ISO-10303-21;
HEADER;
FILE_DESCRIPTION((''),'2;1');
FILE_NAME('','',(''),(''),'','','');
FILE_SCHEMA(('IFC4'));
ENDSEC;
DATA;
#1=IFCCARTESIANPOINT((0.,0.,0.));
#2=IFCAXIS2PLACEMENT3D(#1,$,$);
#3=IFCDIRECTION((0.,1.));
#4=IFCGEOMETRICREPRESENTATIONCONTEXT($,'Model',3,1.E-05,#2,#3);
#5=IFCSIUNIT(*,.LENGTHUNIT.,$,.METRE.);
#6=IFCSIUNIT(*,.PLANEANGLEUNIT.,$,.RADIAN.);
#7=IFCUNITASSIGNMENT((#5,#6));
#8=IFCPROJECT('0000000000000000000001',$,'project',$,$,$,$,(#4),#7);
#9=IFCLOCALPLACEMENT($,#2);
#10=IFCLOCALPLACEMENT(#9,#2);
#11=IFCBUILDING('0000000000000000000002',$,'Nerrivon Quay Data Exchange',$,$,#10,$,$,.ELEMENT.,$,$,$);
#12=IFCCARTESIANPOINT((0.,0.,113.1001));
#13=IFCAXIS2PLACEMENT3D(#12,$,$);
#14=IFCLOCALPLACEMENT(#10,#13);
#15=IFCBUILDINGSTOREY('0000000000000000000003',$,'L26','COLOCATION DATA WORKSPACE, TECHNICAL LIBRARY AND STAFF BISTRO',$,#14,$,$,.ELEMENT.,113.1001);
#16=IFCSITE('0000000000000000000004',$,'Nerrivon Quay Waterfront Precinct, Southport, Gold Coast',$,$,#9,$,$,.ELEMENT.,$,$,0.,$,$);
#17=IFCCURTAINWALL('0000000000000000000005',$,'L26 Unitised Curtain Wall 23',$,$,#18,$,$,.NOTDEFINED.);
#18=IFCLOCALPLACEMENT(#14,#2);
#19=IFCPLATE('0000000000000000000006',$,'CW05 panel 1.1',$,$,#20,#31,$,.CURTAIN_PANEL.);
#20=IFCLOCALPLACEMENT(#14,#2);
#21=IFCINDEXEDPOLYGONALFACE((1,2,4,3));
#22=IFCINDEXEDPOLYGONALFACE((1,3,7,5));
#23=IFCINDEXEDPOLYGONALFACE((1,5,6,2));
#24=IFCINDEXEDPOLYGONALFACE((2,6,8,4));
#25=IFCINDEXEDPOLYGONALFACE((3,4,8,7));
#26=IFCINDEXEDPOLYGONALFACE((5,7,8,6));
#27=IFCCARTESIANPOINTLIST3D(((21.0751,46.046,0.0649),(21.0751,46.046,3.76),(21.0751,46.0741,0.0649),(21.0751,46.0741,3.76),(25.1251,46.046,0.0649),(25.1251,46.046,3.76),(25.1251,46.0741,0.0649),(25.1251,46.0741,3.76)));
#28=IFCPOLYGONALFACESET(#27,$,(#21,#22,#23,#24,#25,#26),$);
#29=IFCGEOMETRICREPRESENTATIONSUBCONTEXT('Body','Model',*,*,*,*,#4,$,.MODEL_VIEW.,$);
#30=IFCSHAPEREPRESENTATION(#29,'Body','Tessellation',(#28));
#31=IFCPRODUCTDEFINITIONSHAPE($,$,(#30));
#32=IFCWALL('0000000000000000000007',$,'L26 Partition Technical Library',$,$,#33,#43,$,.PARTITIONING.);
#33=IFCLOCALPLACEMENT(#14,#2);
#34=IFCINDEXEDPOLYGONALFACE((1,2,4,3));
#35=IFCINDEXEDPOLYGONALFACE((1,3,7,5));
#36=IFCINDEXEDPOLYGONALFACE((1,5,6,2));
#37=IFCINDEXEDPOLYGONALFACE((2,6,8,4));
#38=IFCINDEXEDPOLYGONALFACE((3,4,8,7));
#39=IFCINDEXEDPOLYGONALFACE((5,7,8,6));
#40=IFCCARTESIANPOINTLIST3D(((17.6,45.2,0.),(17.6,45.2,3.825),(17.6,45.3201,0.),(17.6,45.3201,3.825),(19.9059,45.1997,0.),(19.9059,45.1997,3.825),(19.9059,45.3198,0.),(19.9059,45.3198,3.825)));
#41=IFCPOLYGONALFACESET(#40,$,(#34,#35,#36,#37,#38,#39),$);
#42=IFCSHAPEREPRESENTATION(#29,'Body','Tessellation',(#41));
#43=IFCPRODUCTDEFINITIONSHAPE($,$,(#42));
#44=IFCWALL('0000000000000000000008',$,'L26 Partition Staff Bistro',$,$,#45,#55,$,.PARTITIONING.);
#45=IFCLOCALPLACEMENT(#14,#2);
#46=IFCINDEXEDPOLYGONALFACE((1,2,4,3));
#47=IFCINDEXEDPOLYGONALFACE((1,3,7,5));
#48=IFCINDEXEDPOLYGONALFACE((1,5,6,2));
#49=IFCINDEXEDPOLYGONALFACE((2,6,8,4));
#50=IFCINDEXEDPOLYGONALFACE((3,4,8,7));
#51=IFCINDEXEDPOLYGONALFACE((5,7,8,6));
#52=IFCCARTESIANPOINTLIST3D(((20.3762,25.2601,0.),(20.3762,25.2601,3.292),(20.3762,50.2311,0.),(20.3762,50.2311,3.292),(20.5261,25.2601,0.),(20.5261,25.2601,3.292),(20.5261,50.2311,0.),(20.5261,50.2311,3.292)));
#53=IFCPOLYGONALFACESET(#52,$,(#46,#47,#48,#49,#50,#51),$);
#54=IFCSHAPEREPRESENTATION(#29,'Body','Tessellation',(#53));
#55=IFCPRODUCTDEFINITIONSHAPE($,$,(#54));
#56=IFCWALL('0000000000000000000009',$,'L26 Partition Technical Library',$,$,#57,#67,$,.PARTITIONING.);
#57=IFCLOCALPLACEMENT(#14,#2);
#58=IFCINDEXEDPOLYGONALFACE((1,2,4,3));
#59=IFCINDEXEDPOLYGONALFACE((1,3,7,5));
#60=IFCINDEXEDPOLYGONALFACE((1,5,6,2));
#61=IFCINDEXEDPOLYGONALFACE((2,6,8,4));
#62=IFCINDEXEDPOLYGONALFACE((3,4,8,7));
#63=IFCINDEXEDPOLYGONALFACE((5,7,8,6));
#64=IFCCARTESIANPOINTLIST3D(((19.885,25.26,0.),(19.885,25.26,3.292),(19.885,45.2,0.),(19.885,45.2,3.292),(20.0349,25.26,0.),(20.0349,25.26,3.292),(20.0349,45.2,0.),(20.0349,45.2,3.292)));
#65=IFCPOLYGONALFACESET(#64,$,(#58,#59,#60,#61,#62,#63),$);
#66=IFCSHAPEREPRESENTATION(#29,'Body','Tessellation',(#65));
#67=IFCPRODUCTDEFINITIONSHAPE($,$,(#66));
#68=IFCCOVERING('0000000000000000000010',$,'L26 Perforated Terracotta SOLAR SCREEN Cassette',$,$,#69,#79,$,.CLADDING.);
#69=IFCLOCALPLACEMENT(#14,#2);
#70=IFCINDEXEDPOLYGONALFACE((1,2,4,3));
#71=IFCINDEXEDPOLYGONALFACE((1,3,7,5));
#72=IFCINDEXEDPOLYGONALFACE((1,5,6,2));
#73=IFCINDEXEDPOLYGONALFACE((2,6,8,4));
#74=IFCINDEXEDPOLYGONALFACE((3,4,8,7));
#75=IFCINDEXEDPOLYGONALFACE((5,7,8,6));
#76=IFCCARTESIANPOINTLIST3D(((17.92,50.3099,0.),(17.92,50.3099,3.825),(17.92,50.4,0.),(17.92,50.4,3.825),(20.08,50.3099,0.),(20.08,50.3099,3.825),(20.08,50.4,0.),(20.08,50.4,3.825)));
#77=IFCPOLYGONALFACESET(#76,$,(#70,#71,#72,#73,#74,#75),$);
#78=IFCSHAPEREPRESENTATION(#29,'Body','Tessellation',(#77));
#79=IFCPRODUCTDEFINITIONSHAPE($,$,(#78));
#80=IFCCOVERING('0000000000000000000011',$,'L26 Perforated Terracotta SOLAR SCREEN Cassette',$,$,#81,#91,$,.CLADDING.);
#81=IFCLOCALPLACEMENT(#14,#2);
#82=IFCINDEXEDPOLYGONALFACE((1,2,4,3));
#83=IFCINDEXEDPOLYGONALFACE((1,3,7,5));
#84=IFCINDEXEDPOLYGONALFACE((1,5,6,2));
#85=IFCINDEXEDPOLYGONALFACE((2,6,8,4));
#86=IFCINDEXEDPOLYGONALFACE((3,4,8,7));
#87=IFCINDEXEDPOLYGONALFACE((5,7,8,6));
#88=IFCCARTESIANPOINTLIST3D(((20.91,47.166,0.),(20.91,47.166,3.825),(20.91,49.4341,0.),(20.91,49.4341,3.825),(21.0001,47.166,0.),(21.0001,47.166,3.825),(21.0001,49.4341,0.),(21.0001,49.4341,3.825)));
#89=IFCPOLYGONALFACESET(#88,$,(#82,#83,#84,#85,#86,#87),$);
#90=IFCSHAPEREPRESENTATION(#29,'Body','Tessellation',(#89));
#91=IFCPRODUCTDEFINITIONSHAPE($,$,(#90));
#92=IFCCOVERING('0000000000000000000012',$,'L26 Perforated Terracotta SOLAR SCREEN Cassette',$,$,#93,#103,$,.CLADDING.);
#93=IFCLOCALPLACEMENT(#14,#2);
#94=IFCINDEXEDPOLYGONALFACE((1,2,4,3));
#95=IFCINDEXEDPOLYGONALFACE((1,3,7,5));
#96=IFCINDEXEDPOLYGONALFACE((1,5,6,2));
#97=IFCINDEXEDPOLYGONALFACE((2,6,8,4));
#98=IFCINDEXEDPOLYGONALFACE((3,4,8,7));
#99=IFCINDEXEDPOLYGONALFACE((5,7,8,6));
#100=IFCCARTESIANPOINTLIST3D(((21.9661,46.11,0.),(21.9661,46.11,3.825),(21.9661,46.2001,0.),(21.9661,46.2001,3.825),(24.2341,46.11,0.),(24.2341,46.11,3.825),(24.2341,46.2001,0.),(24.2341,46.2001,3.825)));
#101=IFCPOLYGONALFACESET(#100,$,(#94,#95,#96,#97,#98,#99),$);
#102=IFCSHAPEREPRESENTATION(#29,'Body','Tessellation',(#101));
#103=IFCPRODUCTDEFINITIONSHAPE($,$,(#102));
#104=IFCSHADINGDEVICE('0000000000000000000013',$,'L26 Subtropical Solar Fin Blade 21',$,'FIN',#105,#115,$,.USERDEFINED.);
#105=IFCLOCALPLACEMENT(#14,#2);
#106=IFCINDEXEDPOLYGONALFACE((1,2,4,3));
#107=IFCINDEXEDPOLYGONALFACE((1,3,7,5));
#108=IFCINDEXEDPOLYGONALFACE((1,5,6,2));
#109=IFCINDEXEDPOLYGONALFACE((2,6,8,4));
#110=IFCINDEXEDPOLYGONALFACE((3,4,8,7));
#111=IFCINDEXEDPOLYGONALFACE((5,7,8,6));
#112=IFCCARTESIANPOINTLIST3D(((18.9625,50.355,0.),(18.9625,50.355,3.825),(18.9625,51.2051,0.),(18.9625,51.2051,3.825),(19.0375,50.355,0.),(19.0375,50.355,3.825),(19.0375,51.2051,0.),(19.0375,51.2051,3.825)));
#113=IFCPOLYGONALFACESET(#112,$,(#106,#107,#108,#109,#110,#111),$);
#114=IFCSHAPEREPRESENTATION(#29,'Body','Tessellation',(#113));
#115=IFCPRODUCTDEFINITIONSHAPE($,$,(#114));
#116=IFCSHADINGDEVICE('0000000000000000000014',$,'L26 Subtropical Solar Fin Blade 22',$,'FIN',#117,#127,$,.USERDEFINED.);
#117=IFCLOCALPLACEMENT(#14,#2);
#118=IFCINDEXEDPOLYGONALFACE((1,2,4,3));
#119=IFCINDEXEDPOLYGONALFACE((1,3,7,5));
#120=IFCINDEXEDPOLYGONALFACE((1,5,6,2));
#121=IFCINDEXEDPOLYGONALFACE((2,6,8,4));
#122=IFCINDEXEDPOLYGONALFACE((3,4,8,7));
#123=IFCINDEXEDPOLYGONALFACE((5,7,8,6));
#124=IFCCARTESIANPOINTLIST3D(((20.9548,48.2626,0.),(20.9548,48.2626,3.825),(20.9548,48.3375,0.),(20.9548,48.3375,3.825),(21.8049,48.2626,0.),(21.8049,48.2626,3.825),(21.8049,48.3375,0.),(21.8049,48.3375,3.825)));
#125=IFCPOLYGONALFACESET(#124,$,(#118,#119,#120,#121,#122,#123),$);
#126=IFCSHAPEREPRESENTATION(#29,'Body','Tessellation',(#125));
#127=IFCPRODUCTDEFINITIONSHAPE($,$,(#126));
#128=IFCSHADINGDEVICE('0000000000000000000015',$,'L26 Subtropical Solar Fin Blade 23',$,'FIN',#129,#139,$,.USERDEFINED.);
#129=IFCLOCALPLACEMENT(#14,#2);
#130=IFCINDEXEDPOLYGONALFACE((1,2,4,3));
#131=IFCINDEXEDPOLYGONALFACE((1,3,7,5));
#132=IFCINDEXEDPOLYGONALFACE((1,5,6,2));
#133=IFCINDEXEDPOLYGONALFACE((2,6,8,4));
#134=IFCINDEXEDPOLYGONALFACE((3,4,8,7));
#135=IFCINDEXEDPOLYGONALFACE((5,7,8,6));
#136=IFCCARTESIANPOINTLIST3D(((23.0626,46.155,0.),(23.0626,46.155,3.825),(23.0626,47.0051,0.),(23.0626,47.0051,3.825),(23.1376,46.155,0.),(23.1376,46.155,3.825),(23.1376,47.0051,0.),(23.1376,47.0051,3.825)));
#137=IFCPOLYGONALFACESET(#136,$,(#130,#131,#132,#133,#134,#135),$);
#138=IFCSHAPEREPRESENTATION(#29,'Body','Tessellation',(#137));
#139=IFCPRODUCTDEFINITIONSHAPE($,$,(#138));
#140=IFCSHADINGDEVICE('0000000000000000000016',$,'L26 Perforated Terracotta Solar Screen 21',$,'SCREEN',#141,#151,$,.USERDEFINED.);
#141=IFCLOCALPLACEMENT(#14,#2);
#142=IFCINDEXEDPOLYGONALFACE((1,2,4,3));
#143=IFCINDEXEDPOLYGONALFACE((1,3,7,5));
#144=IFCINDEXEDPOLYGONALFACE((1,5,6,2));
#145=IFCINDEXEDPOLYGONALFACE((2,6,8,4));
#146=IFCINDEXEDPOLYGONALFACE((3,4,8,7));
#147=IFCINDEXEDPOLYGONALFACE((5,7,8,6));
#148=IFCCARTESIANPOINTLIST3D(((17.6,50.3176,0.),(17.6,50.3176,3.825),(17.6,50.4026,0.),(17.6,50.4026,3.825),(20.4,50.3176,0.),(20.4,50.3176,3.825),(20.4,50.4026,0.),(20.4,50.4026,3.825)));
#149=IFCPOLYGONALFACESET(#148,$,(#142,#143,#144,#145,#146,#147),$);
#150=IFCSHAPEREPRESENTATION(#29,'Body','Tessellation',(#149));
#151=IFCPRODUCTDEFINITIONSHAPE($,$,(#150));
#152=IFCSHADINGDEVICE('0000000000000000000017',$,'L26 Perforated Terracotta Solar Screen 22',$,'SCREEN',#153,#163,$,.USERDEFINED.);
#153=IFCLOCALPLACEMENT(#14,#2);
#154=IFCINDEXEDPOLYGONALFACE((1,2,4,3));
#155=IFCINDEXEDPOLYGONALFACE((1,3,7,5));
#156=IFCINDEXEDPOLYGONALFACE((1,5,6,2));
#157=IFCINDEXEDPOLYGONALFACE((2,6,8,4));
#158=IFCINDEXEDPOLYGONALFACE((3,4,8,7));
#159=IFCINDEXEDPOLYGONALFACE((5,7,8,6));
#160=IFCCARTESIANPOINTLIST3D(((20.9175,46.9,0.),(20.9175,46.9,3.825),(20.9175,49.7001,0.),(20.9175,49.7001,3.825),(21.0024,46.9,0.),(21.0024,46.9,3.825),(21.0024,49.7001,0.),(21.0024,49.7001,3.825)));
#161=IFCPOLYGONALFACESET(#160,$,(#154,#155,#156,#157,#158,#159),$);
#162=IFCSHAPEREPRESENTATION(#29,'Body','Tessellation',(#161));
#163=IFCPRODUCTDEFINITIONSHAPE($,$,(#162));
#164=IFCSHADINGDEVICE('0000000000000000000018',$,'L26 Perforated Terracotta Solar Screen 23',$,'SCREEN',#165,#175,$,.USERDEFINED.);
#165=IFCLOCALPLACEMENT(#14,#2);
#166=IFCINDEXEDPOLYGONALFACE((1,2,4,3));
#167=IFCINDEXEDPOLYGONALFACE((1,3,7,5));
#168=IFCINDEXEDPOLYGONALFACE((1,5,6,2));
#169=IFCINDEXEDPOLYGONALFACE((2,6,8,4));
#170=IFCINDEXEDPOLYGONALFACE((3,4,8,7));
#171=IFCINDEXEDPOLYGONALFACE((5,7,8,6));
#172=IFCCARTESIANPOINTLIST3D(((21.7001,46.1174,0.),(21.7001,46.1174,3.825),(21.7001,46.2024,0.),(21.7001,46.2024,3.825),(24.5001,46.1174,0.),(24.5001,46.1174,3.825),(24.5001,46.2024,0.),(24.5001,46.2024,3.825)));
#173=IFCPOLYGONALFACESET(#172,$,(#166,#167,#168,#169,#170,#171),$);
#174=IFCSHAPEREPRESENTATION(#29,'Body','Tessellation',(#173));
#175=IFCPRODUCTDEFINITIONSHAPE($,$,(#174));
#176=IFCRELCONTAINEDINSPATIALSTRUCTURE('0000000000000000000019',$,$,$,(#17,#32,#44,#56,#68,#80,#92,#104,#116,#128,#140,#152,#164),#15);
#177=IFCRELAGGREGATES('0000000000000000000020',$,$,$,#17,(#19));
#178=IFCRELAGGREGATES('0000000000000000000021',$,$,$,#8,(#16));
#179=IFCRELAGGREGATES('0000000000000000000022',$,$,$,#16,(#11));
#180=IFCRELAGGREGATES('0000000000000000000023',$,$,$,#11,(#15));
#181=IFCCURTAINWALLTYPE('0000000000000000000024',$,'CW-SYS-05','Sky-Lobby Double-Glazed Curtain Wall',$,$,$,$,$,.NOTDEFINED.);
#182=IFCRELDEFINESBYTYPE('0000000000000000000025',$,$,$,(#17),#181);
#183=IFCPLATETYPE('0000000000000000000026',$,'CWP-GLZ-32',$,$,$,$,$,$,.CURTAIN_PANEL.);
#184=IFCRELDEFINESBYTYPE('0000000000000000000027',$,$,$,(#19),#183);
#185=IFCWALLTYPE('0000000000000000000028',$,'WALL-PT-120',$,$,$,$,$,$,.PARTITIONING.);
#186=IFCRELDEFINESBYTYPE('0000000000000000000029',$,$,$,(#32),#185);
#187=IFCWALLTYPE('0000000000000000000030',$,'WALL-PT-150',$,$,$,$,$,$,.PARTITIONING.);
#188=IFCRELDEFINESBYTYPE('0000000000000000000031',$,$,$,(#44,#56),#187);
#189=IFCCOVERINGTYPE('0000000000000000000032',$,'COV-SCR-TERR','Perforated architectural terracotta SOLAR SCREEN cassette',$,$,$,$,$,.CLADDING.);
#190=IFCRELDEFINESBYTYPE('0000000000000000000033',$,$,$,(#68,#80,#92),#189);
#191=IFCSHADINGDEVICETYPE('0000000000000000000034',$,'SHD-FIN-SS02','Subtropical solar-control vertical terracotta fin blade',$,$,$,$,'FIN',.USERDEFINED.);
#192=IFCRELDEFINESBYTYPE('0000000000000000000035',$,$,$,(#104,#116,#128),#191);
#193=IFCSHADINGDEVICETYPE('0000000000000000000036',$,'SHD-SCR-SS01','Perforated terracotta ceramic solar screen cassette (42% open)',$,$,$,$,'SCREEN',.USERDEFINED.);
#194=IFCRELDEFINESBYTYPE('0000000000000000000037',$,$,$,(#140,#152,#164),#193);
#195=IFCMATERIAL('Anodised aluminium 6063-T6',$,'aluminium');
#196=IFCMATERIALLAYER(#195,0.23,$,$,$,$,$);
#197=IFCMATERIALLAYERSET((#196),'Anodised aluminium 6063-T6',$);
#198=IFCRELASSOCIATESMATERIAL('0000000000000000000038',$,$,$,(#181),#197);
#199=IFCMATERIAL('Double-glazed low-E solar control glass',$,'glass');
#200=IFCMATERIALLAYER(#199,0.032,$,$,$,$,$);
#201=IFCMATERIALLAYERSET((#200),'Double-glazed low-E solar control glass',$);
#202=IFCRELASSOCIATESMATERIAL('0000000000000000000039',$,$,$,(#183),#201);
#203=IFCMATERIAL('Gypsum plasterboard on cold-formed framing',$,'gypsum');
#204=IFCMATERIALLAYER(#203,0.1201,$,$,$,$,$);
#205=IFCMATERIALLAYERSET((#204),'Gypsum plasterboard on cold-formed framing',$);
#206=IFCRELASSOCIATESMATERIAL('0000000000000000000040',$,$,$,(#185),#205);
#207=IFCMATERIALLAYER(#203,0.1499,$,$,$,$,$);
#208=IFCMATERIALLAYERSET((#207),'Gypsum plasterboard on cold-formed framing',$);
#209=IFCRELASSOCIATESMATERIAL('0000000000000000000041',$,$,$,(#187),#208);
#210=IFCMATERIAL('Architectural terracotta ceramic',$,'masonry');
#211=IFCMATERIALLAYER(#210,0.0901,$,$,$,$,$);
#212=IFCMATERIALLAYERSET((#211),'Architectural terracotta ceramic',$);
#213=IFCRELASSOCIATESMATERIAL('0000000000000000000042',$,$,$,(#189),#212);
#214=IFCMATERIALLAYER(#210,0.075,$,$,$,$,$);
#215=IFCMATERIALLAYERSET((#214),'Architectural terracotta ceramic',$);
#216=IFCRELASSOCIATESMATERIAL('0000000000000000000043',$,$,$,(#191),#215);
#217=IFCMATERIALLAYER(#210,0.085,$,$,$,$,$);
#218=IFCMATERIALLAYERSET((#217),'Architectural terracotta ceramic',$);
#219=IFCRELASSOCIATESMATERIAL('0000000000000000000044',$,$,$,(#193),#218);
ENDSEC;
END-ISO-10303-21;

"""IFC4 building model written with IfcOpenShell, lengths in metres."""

from ifc_helpers import new_model, si_unit, direction, frame, frame_2d, origin, origin_2d, place, context, subcontext, project, spatial, rectangle, extrude, material, layer, layer_set, type_object, element, aggregate, save


model = new_model("IFC4")

# Units and contexts
model_context = context("Model", 3, precision=1e-05, world=origin(), true_north=direction((0.0, 1.0)))
body_context = subcontext(model_context, "Body", "Model", "MODEL_VIEW")
ifc_project = project(units=[si_unit("LENGTHUNIT", "METRE"), si_unit("PLANEANGLEUNIT", "RADIAN")], contexts=[model_context])

# Site, building, storey
site_placement = place(None, origin())
site = spatial("IfcSite", under=ifc_project, at=site_placement, Name="Nerrivon Quay Waterfront Precinct, Southport, Gold Coast", CompositionType="ELEMENT", RefElevation=0.0)
building_placement = place(site_placement, origin())
building = spatial("IfcBuilding", under=site, at=building_placement, Name="Nerrivon Quay Data Exchange", CompositionType="ELEMENT")
storey_placement = place(building_placement, frame((0.0, 0.0, 113.1001)))
storey = spatial("IfcBuildingStorey", under=building, at=storey_placement, Name="L26", Description="COLOCATION DATA WORKSPACE, TECHNICAL LIBRARY AND STAFF BISTRO", CompositionType="ELEMENT", Elevation=113.1001)

# Shared definitions
ifc_material_1 = material(Name="Anodised aluminium 6063-T6", Category="aluminium")
ifc_layer_1 = layer(ifc_material_1, 0.23)
ifc_layer_set_1 = layer_set([ifc_layer_1], Name="Anodised aluminium 6063-T6")
curtain_wall_type = type_object("IfcCurtainWallType", Name="CW-SYS-05", Description="Sky-Lobby Double-Glazed Curtain Wall", PredefinedType="NOTDEFINED", material=ifc_layer_set_1)

# Curtain wall
curtain_wall_1_placement = place(storey_placement, origin())
curtain_wall_1 = element("IfcCurtainWall", 1, at=curtain_wall_1_placement, inside=storey, type_object=curtain_wall_type, Name="L26 Unitised Curtain Wall 23", PredefinedType="NOTDEFINED")

# Plate
ifc_material_2 = material(Name="Double-glazed low-E solar control glass", Category="glass")
ifc_layer_2 = layer(ifc_material_2, 0.032)
ifc_layer_set_2 = layer_set([ifc_layer_2], Name="Double-glazed low-E solar control glass")
plate_type = type_object("IfcPlateType", Name="CWP-GLZ-32", PredefinedType="CURTAIN_PANEL", material=ifc_layer_set_2)
plate_1_placement = place(storey_placement, frame((23.1001, 46.0601, 0.0649), z_axis=(0.0, 0.0, 1.0), x_axis=(1.0, 0.0, 0.0)))
plate_1 = element("IfcPlate", 2, at=plate_1_placement, type_object=plate_type, Name="CW05 panel 1.1", PredefinedType="CURTAIN_PANEL", context=body_context, shape_type="SweptSolid", body=[
    extrude(rectangle(XDim=4.05, YDim=0.0281, at=origin_2d()), origin(), (0.0, 0.0, 1.0), 3.6951),
])
aggregate(curtain_wall_1, [plate_1])

# Walls
ifc_material_3 = material(Name="Gypsum plasterboard on cold-formed framing", Category="gypsum")
ifc_layer_3 = layer(ifc_material_3, 0.1201)
ifc_layer_set_3 = layer_set([ifc_layer_3], Name="Gypsum plasterboard on cold-formed framing")
wall_type_1 = type_object("IfcWallType", Name="WALL-PT-120", PredefinedType="PARTITIONING", material=ifc_layer_set_3)
wall_1_placement = place(storey_placement, frame((17.6001, 45.26, 0.0), z_axis=(0.0, 0.0, 1.0), x_axis=(1.0, -0.000106, 0.0)))
element("IfcWall", 3, at=wall_1_placement, inside=storey, type_object=wall_type_1, Name="L26 Partition Technical Library", PredefinedType="PARTITIONING", context=body_context, shape_type="SweptSolid", body=[
    extrude(rectangle(XDim=2.3059, YDim=0.1201, at=frame_2d((1.1528, 0.0))), origin(), (0.0, 0.0, 1.0), 3.825),
])
ifc_layer_4 = layer(ifc_material_3, 0.1499)
ifc_layer_set_4 = layer_set([ifc_layer_4], Name="Gypsum plasterboard on cold-formed framing")
wall_type_2 = type_object("IfcWallType", Name="WALL-PT-150", PredefinedType="PARTITIONING", material=ifc_layer_set_4)
wall_2_placement = place(storey_placement, frame((20.4512, 50.231, 0.0), z_axis=(0.0, 0.0, 1.0), x_axis=(0.0, -1.0, 0.0)))
element("IfcWall", 4, at=wall_2_placement, inside=storey, type_object=wall_type_2, Name="L26 Partition Staff Bistro", PredefinedType="PARTITIONING", context=body_context, shape_type="SweptSolid", body=[
    extrude(rectangle(XDim=24.9709, YDim=0.1499, at=frame_2d((12.4854, 0.0))), origin(), (0.0, 0.0, 1.0), 3.292),
])
wall_3_placement = place(storey_placement, frame((19.96, 45.2, 0.0), z_axis=(0.0, 0.0, 1.0), x_axis=(0.0, -1.0, 0.0)))
element("IfcWall", 5, at=wall_3_placement, inside=storey, type_object=wall_type_2, Name="L26 Partition Technical Library", PredefinedType="PARTITIONING", context=body_context, shape_type="SweptSolid", body=[
    extrude(rectangle(XDim=19.9399, YDim=0.1499, at=frame_2d((9.97, 0.0))), origin(), (0.0, 0.0, 1.0), 3.292),
])

# Coverings
ifc_material_4 = material(Name="Architectural terracotta ceramic", Category="masonry")
ifc_layer_5 = layer(ifc_material_4, 0.0901)
ifc_layer_set_5 = layer_set([ifc_layer_5], Name="Architectural terracotta ceramic")
covering_type = type_object("IfcCoveringType", Name="COV-SCR-TERR", Description="Perforated architectural terracotta SOLAR SCREEN cassette", PredefinedType="CLADDING", material=ifc_layer_set_5)
covering_placement = place(storey_placement, frame((19.0, 50.355, 0.0), z_axis=(0.0, 0.0, 1.0), x_axis=(1.0, 0.0, 0.0)))
element("IfcCovering", 6, at=covering_placement, inside=storey, type_object=covering_type, Name="L26 Perforated Terracotta SOLAR SCREEN Cassette", PredefinedType="CLADDING", context=body_context, shape_type="SweptSolid", body=[
    extrude(rectangle(XDim=2.1599, YDim=0.0901, at=origin_2d()), origin(), (0.0, 0.0, 1.0), 3.825),
])
for number, where, z_axis, x_axis, name in (
    (7, (20.9551, 48.3, 0.0), (0.0, 0.0, 1.0), (0.0, -1.0, 0.0), "L26 Perforated Terracotta SOLAR SCREEN Cassette"),
    (8, (23.1001, 46.155, 0.0), (0.0, 0.0, 1.0), (1.0, 0.0, 0.0), "L26 Perforated Terracotta SOLAR SCREEN Cassette"),
):
    element("IfcCovering", number, at=place(storey_placement, frame(where, z_axis=z_axis, x_axis=x_axis)), inside=storey, type_object=covering_type, Name=name, PredefinedType="CLADDING", context=body_context, shape_type="SweptSolid", body=[
        extrude(rectangle(XDim=2.2681, YDim=0.0901, at=origin_2d()), origin(), (0.0, 0.0, 1.0), 3.825),
    ])

# Shading devices
ifc_layer_6 = layer(ifc_material_4, 0.075)
ifc_layer_set_6 = layer_set([ifc_layer_6], Name="Architectural terracotta ceramic")
shading_device_type_1 = type_object("IfcShadingDeviceType", Name="SHD-FIN-SS02", Description="Subtropical solar-control vertical terracotta fin blade", ElementType="FIN", PredefinedType="USERDEFINED", material=ifc_layer_set_6)
for number, where, z_axis, x_axis, name in (
    (9, (19.0, 50.78, 0.0), (0.0, 0.0, 1.0), (1.0, 0.0, 0.0), "L26 Subtropical Solar Fin Blade 21"),
    (10, (21.3799, 48.3, 0.0), (0.0, 0.0, 1.0), (0.0, -1.0, 0.0), "L26 Subtropical Solar Fin Blade 22"),
    (11, (23.1001, 46.5801, 0.0), (0.0, 0.0, 1.0), (1.0, 0.0, 0.0), "L26 Subtropical Solar Fin Blade 23"),
):
    element("IfcShadingDevice", number, at=place(storey_placement, frame(where, z_axis=z_axis, x_axis=x_axis)), inside=storey, type_object=shading_device_type_1, Name=name, ObjectType="FIN", PredefinedType="USERDEFINED", context=body_context, shape_type="SweptSolid", body=[
        extrude(rectangle(XDim=0.075, YDim=0.8501, at=origin_2d()), origin(), (0.0, 0.0, 1.0), 3.825),
    ])
ifc_layer_7 = layer(ifc_material_4, 0.085)
ifc_layer_set_7 = layer_set([ifc_layer_7], Name="Architectural terracotta ceramic")
shading_device_type_2 = type_object("IfcShadingDeviceType", Name="SHD-SCR-SS01", Description="Perforated terracotta ceramic solar screen cassette (42% open)", ElementType="SCREEN", PredefinedType="USERDEFINED", material=ifc_layer_set_7)
for number, where, z_axis, x_axis, name in (
    (12, (19.0, 50.3601, 0.0), (0.0, 0.0, 1.0), (1.0, 0.0, 0.0), "L26 Perforated Terracotta Solar Screen 21"),
    (13, (20.96, 48.3, 0.0), (0.0, 0.0, 1.0), (0.0, -1.0, 0.0), "L26 Perforated Terracotta Solar Screen 22"),
    (14, (23.1001, 46.1599, 0.0), (0.0, 0.0, 1.0), (1.0, 0.0, 0.0), "L26 Perforated Terracotta Solar Screen 23"),
):
    element("IfcShadingDevice", number, at=place(storey_placement, frame(where, z_axis=z_axis, x_axis=x_axis)), inside=storey, type_object=shading_device_type_2, Name=name, ObjectType="SCREEN", PredefinedType="USERDEFINED", context=body_context, shape_type="SweptSolid", body=[
        extrude(rectangle(XDim=2.8, YDim=0.085, at=origin_2d()), origin(), (0.0, 0.0, 1.0), 3.825),
    ])

save(model, "model.ifc")
